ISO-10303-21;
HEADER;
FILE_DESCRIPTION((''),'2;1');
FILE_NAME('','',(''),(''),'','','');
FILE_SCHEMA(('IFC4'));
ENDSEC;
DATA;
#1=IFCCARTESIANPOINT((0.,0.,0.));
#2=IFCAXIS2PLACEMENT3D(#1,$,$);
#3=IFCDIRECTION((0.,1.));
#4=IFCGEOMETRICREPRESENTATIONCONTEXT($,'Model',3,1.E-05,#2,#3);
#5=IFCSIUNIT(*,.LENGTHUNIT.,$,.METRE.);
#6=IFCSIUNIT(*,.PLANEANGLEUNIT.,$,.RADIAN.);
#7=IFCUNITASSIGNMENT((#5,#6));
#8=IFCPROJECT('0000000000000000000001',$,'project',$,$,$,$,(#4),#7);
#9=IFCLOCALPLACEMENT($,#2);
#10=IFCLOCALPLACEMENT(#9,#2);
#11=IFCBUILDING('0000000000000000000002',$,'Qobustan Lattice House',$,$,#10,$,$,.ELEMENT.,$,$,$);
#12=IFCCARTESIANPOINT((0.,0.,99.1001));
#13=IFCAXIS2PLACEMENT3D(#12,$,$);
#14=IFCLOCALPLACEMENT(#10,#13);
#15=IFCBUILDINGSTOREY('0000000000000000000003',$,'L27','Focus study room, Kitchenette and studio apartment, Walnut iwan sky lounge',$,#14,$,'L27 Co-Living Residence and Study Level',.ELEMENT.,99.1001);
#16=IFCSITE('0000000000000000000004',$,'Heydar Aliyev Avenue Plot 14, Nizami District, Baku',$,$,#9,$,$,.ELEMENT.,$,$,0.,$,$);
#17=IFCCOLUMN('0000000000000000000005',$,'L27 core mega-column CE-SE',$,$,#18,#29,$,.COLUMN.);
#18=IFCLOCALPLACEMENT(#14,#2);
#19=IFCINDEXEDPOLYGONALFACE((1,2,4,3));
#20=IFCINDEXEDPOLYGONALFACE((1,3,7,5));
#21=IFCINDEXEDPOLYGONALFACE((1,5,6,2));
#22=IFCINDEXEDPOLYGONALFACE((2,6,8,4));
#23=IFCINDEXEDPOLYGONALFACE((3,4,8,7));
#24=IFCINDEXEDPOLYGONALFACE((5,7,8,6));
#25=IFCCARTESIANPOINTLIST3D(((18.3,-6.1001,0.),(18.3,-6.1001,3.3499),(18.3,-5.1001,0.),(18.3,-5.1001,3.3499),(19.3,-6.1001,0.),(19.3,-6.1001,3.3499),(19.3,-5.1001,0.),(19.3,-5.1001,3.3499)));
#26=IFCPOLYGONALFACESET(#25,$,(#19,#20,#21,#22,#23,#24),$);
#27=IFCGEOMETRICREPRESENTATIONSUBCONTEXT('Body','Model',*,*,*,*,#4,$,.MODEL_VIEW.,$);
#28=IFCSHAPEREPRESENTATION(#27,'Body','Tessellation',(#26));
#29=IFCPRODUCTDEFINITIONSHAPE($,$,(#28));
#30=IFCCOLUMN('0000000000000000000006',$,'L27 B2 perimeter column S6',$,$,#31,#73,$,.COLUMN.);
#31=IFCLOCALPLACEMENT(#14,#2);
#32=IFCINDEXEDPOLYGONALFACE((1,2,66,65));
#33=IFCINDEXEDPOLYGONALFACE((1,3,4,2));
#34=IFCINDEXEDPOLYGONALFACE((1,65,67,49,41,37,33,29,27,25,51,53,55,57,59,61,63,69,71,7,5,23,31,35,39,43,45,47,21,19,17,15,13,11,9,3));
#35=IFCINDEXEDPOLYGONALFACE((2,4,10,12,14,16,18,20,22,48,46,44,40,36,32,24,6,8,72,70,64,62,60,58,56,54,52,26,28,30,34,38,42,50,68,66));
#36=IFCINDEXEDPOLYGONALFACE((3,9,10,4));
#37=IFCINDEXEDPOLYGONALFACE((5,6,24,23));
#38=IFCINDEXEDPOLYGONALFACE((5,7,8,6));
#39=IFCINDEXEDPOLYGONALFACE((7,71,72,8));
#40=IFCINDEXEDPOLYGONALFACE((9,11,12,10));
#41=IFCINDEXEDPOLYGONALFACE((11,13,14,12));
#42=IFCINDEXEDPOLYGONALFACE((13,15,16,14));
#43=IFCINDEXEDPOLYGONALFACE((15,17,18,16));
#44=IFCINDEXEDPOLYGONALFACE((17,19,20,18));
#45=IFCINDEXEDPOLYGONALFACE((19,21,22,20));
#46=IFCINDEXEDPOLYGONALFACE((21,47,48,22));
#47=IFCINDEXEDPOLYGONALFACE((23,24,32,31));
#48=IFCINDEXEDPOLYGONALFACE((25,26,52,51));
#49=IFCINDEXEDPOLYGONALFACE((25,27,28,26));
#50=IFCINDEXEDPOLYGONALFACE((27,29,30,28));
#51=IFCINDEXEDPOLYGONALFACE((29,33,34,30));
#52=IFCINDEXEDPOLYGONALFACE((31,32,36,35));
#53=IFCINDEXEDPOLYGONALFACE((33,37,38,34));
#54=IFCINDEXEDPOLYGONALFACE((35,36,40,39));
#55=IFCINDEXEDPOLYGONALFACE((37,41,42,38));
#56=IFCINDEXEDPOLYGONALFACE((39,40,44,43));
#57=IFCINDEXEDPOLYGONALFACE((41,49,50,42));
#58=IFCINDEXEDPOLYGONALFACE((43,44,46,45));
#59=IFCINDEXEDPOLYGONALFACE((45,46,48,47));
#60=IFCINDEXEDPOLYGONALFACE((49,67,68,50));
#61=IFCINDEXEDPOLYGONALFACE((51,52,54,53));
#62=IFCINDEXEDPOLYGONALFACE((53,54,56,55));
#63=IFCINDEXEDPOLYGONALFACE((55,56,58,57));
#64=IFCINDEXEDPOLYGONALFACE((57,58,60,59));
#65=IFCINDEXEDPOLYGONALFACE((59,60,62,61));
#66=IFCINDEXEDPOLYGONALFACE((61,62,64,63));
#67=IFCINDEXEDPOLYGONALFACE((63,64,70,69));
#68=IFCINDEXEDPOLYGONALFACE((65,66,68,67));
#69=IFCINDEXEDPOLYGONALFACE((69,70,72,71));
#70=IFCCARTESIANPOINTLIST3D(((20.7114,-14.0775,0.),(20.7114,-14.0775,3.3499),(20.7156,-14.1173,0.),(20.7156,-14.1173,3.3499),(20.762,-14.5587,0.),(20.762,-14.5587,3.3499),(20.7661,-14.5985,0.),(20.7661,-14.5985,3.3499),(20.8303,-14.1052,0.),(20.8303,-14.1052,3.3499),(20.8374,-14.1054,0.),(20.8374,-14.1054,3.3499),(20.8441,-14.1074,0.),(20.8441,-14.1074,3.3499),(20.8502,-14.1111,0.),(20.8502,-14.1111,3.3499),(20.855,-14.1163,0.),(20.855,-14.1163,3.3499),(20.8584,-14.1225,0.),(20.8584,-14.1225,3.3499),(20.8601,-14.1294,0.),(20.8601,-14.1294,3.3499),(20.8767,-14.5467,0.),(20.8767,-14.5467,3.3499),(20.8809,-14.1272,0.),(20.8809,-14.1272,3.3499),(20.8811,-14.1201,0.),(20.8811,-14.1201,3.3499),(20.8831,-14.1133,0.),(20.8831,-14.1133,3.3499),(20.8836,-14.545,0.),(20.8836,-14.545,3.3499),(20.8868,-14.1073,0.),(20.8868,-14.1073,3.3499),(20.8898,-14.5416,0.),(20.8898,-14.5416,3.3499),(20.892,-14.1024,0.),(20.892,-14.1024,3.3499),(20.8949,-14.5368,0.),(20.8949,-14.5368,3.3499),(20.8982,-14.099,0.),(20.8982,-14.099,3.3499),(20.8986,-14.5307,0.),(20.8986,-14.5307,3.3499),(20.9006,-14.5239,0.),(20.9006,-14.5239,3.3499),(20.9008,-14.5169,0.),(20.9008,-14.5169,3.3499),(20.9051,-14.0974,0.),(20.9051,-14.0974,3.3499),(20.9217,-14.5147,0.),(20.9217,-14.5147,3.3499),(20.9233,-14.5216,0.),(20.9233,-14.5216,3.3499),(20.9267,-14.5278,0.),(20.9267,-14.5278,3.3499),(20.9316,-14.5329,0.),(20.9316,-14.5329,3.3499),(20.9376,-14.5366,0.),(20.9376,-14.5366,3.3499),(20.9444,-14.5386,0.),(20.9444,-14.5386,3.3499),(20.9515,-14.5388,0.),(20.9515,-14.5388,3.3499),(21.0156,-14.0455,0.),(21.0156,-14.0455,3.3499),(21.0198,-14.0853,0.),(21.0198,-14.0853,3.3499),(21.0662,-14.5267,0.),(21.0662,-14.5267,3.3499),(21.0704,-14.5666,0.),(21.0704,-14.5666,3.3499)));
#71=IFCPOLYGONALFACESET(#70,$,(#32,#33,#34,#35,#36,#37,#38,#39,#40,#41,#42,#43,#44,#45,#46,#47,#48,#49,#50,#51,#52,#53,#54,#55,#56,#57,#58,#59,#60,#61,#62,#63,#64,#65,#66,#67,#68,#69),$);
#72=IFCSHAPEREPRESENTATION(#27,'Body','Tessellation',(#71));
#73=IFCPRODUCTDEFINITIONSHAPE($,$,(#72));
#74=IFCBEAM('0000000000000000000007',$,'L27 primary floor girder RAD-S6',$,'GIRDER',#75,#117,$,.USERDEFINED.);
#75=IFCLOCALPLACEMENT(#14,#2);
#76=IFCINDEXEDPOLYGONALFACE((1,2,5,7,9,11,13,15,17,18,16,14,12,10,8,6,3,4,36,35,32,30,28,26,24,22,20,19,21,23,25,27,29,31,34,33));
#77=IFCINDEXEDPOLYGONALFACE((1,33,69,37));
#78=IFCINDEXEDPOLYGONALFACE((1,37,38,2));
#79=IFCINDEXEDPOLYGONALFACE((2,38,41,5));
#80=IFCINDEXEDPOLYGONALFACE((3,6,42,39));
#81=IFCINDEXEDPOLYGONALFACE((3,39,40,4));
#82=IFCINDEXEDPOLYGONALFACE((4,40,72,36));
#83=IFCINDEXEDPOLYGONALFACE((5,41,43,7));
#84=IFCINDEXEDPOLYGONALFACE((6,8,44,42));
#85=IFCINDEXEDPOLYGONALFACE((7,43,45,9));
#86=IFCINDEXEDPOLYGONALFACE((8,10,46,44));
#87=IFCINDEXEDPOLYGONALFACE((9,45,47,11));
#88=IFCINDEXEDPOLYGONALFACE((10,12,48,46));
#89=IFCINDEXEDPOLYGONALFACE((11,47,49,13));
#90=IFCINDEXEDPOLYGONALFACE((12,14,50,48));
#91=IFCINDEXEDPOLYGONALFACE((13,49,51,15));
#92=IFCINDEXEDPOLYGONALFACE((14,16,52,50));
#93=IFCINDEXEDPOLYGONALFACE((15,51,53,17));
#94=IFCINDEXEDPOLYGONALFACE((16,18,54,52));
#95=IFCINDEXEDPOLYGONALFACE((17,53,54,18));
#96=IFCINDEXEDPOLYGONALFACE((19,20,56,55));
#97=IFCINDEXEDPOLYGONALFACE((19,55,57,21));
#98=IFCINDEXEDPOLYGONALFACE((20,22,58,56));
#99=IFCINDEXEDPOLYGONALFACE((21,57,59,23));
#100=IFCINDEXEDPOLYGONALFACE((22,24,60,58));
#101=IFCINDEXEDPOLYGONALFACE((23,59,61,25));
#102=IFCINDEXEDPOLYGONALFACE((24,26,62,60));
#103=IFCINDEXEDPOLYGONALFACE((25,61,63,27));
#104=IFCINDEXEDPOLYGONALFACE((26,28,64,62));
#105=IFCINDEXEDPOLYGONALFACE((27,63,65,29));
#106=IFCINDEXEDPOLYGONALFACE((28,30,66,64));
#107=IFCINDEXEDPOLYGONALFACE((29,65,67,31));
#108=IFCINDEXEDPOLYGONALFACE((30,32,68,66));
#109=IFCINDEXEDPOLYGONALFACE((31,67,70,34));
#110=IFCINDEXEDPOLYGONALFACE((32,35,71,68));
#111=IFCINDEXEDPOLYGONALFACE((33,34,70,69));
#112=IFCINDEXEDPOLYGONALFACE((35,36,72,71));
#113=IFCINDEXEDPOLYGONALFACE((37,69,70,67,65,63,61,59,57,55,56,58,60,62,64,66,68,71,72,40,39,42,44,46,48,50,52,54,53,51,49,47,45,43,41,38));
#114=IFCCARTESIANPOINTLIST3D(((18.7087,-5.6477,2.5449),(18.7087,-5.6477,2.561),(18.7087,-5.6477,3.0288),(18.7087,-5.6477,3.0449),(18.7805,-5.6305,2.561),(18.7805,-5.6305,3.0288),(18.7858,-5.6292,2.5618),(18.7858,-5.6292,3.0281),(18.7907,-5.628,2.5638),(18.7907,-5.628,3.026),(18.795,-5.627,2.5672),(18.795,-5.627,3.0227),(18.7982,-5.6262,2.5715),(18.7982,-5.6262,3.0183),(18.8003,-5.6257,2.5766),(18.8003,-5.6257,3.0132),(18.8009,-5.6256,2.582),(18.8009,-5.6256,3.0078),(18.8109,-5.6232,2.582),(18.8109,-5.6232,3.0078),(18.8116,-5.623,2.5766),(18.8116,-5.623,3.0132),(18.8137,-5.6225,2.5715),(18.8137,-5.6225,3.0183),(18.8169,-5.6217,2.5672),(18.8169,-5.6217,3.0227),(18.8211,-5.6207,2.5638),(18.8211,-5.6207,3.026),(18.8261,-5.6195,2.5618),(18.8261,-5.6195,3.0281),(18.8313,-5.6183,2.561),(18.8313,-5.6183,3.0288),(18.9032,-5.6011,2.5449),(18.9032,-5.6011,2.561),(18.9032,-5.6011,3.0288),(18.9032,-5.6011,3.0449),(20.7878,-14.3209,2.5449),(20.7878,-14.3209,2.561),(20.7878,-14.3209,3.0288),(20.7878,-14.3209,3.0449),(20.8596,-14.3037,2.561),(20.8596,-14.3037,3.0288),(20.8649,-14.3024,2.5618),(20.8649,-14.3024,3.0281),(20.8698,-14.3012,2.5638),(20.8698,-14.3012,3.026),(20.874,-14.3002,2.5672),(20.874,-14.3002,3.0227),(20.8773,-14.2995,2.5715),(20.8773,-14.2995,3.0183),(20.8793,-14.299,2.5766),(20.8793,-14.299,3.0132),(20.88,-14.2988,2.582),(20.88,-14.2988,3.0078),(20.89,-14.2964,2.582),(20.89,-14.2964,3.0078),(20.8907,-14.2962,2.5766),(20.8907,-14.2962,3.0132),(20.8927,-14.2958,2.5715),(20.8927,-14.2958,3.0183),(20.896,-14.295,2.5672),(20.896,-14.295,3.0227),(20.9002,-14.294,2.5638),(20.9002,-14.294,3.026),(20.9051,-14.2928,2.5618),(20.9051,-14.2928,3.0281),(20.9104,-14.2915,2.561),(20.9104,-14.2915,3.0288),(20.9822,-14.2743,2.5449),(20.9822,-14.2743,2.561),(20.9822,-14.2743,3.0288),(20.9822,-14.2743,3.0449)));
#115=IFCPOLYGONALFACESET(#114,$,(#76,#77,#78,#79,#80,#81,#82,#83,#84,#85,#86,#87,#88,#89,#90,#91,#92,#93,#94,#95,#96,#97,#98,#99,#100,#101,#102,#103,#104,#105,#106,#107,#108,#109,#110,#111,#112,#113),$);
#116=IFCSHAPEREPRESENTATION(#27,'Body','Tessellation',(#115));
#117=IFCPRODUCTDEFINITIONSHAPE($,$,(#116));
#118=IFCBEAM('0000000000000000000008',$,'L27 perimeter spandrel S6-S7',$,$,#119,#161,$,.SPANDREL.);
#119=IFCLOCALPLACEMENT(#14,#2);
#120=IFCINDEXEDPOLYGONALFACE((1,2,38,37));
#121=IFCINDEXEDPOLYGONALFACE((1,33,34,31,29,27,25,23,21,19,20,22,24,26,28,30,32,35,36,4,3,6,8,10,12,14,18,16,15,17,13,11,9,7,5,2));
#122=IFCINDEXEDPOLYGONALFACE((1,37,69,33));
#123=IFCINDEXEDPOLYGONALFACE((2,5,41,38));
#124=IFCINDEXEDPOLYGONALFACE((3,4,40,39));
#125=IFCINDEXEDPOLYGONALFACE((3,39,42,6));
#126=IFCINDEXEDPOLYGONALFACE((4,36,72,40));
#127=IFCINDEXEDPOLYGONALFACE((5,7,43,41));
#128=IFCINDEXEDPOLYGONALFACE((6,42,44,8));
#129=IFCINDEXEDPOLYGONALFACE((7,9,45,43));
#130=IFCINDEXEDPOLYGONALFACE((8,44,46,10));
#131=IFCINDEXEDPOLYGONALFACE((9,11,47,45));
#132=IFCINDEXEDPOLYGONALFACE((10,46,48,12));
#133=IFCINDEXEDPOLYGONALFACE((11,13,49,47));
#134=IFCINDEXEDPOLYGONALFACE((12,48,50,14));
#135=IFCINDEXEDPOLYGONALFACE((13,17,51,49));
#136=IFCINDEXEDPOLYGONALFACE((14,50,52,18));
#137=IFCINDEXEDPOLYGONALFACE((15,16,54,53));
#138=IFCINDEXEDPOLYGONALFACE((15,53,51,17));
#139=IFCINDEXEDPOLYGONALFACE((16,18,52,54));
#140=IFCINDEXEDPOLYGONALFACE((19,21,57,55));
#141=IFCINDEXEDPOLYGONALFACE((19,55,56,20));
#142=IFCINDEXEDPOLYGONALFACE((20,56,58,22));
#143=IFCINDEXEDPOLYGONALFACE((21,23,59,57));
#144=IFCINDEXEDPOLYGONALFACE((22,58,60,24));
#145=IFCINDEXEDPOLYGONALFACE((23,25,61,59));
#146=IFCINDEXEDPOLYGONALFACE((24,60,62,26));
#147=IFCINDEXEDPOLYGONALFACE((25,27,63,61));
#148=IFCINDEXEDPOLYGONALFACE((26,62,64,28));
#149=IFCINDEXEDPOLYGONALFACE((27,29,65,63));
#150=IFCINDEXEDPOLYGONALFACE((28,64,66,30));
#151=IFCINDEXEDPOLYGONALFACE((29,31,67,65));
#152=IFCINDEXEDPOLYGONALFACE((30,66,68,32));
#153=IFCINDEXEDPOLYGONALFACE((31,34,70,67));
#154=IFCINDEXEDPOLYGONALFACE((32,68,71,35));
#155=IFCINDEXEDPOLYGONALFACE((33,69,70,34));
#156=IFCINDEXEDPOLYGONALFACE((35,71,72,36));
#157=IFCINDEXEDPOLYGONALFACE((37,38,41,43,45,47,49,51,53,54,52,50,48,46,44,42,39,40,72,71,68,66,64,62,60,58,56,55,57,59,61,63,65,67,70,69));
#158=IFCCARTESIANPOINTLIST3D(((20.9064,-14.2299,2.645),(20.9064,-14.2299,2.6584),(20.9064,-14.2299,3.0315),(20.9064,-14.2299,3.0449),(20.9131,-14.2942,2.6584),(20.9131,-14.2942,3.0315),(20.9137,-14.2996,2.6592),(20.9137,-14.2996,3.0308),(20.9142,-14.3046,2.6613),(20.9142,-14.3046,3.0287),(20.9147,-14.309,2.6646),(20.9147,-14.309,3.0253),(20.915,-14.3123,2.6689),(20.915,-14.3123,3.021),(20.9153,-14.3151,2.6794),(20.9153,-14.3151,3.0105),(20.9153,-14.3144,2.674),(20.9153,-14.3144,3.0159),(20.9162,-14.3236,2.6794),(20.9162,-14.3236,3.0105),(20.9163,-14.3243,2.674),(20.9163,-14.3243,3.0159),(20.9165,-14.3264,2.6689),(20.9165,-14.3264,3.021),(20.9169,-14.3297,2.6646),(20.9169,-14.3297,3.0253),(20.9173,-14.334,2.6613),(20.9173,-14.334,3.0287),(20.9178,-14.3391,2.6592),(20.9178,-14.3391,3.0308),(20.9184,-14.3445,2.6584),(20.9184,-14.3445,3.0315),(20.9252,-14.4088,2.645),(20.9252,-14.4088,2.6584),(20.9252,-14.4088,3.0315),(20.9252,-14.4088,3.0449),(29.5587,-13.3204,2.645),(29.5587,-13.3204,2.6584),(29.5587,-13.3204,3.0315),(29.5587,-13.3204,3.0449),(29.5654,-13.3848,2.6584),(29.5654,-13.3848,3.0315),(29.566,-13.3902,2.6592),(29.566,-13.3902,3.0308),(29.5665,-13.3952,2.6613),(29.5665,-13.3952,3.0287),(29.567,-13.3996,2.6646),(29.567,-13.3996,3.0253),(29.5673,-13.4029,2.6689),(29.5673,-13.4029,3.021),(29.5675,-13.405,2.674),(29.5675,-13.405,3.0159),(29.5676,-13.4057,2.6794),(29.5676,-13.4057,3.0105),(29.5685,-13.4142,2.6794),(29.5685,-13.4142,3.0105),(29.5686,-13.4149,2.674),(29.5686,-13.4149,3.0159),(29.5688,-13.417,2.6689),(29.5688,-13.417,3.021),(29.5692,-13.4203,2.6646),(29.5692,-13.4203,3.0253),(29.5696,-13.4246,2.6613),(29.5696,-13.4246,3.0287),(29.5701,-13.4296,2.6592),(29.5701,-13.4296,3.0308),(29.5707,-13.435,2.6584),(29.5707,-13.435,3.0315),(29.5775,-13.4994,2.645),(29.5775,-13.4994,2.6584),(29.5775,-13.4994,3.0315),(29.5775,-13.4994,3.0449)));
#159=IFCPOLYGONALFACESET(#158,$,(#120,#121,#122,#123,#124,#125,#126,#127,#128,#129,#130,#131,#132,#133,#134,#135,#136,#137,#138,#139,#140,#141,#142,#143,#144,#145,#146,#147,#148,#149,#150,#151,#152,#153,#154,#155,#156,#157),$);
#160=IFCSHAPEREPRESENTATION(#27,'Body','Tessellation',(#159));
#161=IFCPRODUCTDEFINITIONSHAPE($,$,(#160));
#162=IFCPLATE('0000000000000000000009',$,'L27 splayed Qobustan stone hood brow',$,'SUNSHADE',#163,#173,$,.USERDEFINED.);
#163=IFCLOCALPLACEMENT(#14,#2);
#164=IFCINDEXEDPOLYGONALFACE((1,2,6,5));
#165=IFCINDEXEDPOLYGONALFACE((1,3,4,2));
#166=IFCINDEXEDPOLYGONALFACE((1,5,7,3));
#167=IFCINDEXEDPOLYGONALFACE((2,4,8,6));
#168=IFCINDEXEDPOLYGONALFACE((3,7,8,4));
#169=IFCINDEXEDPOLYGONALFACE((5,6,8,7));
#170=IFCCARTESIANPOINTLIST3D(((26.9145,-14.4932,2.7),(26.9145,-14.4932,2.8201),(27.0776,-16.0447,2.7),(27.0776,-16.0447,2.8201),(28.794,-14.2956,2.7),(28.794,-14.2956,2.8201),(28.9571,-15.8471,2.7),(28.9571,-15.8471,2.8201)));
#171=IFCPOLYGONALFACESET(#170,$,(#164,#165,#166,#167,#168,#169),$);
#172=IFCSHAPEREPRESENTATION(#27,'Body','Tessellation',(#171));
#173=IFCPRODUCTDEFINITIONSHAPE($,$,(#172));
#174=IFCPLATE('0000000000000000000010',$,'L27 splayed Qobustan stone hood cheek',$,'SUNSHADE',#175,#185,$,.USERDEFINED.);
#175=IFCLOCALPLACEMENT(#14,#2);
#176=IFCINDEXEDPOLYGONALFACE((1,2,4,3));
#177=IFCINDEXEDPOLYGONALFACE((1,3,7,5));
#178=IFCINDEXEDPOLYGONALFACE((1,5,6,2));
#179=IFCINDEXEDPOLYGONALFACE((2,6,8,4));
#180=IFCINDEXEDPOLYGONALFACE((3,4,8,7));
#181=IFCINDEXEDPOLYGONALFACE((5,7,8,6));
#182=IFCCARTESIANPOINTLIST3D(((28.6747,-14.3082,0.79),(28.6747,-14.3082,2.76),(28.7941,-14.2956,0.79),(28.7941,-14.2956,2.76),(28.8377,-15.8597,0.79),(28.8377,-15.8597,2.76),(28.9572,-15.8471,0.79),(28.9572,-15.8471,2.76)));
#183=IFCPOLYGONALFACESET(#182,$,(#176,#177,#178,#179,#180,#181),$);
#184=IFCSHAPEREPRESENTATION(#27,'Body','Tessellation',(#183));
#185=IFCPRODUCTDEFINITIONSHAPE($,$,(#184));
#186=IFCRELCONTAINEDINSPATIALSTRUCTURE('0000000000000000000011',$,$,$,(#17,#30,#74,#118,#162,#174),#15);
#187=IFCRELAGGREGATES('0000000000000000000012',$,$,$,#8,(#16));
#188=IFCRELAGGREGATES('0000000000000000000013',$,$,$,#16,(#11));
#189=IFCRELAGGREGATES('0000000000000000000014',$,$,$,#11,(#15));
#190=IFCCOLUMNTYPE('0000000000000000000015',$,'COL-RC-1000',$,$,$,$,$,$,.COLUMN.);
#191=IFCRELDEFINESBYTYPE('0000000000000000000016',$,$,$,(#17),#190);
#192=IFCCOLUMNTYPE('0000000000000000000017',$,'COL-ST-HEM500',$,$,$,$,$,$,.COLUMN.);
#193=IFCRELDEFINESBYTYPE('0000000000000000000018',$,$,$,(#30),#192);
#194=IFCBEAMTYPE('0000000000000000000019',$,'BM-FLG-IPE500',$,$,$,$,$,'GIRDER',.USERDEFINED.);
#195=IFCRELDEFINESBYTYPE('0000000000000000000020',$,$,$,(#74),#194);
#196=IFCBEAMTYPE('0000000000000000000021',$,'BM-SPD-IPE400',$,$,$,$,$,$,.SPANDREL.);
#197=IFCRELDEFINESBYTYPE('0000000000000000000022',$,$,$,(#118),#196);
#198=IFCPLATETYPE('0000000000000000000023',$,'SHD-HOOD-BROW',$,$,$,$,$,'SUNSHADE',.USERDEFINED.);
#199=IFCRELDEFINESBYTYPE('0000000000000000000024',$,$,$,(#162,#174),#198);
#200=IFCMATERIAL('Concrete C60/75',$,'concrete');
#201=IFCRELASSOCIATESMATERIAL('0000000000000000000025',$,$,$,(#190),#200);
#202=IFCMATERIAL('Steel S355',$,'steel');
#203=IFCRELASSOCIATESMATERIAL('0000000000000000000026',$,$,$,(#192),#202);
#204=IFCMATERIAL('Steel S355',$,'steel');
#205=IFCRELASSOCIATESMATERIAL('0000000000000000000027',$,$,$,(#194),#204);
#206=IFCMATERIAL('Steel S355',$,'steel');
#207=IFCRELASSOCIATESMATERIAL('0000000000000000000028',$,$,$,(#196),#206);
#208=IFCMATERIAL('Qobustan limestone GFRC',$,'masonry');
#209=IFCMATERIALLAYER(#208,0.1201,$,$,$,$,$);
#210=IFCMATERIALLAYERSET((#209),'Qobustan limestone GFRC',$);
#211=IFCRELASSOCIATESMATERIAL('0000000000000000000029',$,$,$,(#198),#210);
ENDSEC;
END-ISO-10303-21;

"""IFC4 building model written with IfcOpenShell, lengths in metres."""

from ifc_helpers import new_model, si_unit, direction, frame, origin, origin_2d, place, context, subcontext, project, spatial, rectangle, i_section, extrude, material, layer, layer_set, material_profile, profile_set, type_object, element, save


model = new_model("IFC4")

# Units and contexts
model_context = context("Model", 3, precision=1e-05, world=origin(), true_north=direction((0.0, 1.0)))
body_context = subcontext(model_context, "Body", "Model", "MODEL_VIEW")
ifc_project = project(units=[si_unit("LENGTHUNIT", "METRE"), si_unit("PLANEANGLEUNIT", "RADIAN")], contexts=[model_context])

# Site, building, storey
site_placement = place(None, origin())
site = spatial("IfcSite", under=ifc_project, at=site_placement, Name="Heydar Aliyev Avenue Plot 14, Nizami District, Baku", CompositionType="ELEMENT", RefElevation=0.0)
building_placement = place(site_placement, origin())
building = spatial("IfcBuilding", under=site, at=building_placement, Name="Qobustan Lattice House", CompositionType="ELEMENT")
storey_placement = place(building_placement, frame((0.0, 0.0, 99.1001)))
storey = spatial("IfcBuildingStorey", under=building, at=storey_placement, Name="L27", Description="Focus study room, Kitchenette and studio apartment, Walnut iwan sky lounge", LongName="L27 Co-Living Residence and Study Level", CompositionType="ELEMENT", Elevation=99.1001)

# Columns
ifc_material_1 = material(Name="Concrete C60/75", Category="concrete")
ifc_material_profile_1 = material_profile(ifc_material_1, rectangle(XDim=1.0, YDim=1.0, at=origin_2d()), Name="RC1000x1000")
ifc_profile_set_1 = profile_set([ifc_material_profile_1], Name="Concrete C60/75")
column_type_1 = type_object("IfcColumnType", Name="COL-RC-1000", PredefinedType="COLUMN", material=ifc_profile_set_1)
column_1_placement = place(storey_placement, frame((18.8, -5.6001, 0.0), z_axis=(0.0, 0.0, 1.0), x_axis=(1.0, 0.0, 0.0)))
element("IfcColumn", 1, at=column_1_placement, inside=storey, type_object=column_type_1, Name="L27 core mega-column CE-SE", PredefinedType="COLUMN", context=body_context, shape_type="SweptSolid", body=[
    extrude(rectangle(XDim=1.0, YDim=1.0, at=origin_2d()), origin(), (0.0, 0.0, 1.0), 3.3499),
])
ifc_material_2 = material(Name="Steel S355", Category="steel")
ifc_material_profile_2 = material_profile(ifc_material_2, i_section(OverallWidth=0.3059, OverallDepth=0.5239, WebThickness=0.021, FlangeThickness=0.04, FilletRadius=0.0271, at=origin_2d()), Name="HEM500")
ifc_profile_set_2 = profile_set([ifc_material_profile_2], Name="Steel S355")
column_type_2 = type_object("IfcColumnType", Name="COL-ST-HEM500", PredefinedType="COLUMN", material=ifc_profile_set_2)
column_2_placement = place(storey_placement, frame((20.8909, -14.322, 0.0), z_axis=(0.0, 0.0, 1.0), x_axis=(0.994522, 0.104528, 0.0)))
element("IfcColumn", 2, at=column_2_placement, inside=storey, type_object=column_type_2, Name="L27 B2 perimeter column S6", PredefinedType="COLUMN", context=body_context, shape_type="SweptSolid", body=[
    extrude(i_section(OverallWidth=0.3059, OverallDepth=0.5239, WebThickness=0.021, FlangeThickness=0.04, FilletRadius=0.0271, at=origin_2d()), origin(), (0.0, 0.0, 1.0), 3.3499),
])

# Beams
ifc_material_3 = material(Name="Steel S355", Category="steel")
ifc_material_profile_3 = material_profile(ifc_material_3, i_section(OverallWidth=0.2, OverallDepth=0.5, WebThickness=0.0103, FlangeThickness=0.0161, FilletRadius=0.021, at=origin_2d()), Name="IPE500")
ifc_profile_set_3 = profile_set([ifc_material_profile_3], Name="Steel S355")
beam_type_1 = type_object("IfcBeamType", Name="BM-FLG-IPE500", ElementType="GIRDER", PredefinedType="USERDEFINED", material=ifc_profile_set_3)
beam_1_placement = place(storey_placement, frame((20.885, -14.2976, 2.7949), z_axis=(-0.233108, 0.972451, 0.0), x_axis=(-0.972451, -0.233108, 0.0)))
element("IfcBeam", 3, at=beam_1_placement, inside=storey, type_object=beam_type_1, Name="L27 primary floor girder RAD-S6", ObjectType="GIRDER", PredefinedType="USERDEFINED", context=body_context, shape_type="SweptSolid", body=[
    extrude(i_section(OverallWidth=0.2, OverallDepth=0.5, WebThickness=0.0103, FlangeThickness=0.0161, FilletRadius=0.021, at=origin_2d()), origin(), (0.0, 0.0, 1.0), 8.9189),
])
ifc_material_4 = material(Name="Steel S355", Category="steel")
ifc_material_profile_4 = material_profile(ifc_material_4, i_section(OverallWidth=0.1799, OverallDepth=0.3999, WebThickness=0.0085, FlangeThickness=0.0134, FilletRadius=0.021, at=origin_2d()), Name="IPE400")
ifc_profile_set_4 = profile_set([ifc_material_profile_4], Name="Steel S355")
beam_type_2 = type_object("IfcBeamType", Name="BM-SPD-IPE400", PredefinedType="SPANDREL", material=ifc_profile_set_4)
beam_2_placement = place(storey_placement, frame((20.9158, -14.3193, 2.845), z_axis=(0.994522, 0.104531, 0.0), x_axis=(-0.104531, 0.994522, 0.0)))
element("IfcBeam", 4, at=beam_2_placement, inside=storey, type_object=beam_type_2, Name="L27 perimeter spandrel S6-S7", PredefinedType="SPANDREL", context=body_context, shape_type="SweptSolid", body=[
    extrude(i_section(OverallWidth=0.1799, OverallDepth=0.3999, WebThickness=0.0085, FlangeThickness=0.0134, FilletRadius=0.021, at=origin_2d()), origin(), (0.0, 0.0, 1.0), 8.7),
])

# Plates
ifc_material_5 = material(Name="Qobustan limestone GFRC", Category="masonry")
ifc_layer_1 = layer(ifc_material_5, 0.1201)
ifc_layer_set_1 = layer_set([ifc_layer_1], Name="Qobustan limestone GFRC")
plate_type = type_object("IfcPlateType", Name="SHD-HOOD-BROW", ElementType="SUNSHADE", PredefinedType="USERDEFINED", material=ifc_layer_set_1)
plate_1_placement = place(storey_placement, frame((27.9358, -15.1702, 2.7), z_axis=(0.0, 0.0, 1.0), x_axis=(-0.994522, -0.104528, 0.0)))
element("IfcPlate", 5, at=plate_1_placement, inside=storey, type_object=plate_type, Name="L27 splayed Qobustan stone hood brow", ObjectType="SUNSHADE", PredefinedType="USERDEFINED", context=body_context, shape_type="SweptSolid", body=[
    extrude(rectangle(XDim=1.8899, YDim=1.5601, at=origin_2d()), origin(), (0.0, 0.0, 1.0), 0.1201),
])
plate_2_placement = place(storey_placement, frame((28.8159, -15.0776, 0.79), z_axis=(0.0, 0.0, 1.0), x_axis=(-0.994522, -0.104528, 0.0)))
element("IfcPlate", 6, at=plate_2_placement, inside=storey, type_object=plate_type, Name="L27 splayed Qobustan stone hood cheek", ObjectType="SUNSHADE", PredefinedType="USERDEFINED", context=body_context, shape_type="SweptSolid", body=[
    extrude(rectangle(XDim=0.1201, YDim=1.5601, at=origin_2d()), origin(), (0.0, 0.0, 1.0), 1.97),
])

save(model, "model.ifc")
